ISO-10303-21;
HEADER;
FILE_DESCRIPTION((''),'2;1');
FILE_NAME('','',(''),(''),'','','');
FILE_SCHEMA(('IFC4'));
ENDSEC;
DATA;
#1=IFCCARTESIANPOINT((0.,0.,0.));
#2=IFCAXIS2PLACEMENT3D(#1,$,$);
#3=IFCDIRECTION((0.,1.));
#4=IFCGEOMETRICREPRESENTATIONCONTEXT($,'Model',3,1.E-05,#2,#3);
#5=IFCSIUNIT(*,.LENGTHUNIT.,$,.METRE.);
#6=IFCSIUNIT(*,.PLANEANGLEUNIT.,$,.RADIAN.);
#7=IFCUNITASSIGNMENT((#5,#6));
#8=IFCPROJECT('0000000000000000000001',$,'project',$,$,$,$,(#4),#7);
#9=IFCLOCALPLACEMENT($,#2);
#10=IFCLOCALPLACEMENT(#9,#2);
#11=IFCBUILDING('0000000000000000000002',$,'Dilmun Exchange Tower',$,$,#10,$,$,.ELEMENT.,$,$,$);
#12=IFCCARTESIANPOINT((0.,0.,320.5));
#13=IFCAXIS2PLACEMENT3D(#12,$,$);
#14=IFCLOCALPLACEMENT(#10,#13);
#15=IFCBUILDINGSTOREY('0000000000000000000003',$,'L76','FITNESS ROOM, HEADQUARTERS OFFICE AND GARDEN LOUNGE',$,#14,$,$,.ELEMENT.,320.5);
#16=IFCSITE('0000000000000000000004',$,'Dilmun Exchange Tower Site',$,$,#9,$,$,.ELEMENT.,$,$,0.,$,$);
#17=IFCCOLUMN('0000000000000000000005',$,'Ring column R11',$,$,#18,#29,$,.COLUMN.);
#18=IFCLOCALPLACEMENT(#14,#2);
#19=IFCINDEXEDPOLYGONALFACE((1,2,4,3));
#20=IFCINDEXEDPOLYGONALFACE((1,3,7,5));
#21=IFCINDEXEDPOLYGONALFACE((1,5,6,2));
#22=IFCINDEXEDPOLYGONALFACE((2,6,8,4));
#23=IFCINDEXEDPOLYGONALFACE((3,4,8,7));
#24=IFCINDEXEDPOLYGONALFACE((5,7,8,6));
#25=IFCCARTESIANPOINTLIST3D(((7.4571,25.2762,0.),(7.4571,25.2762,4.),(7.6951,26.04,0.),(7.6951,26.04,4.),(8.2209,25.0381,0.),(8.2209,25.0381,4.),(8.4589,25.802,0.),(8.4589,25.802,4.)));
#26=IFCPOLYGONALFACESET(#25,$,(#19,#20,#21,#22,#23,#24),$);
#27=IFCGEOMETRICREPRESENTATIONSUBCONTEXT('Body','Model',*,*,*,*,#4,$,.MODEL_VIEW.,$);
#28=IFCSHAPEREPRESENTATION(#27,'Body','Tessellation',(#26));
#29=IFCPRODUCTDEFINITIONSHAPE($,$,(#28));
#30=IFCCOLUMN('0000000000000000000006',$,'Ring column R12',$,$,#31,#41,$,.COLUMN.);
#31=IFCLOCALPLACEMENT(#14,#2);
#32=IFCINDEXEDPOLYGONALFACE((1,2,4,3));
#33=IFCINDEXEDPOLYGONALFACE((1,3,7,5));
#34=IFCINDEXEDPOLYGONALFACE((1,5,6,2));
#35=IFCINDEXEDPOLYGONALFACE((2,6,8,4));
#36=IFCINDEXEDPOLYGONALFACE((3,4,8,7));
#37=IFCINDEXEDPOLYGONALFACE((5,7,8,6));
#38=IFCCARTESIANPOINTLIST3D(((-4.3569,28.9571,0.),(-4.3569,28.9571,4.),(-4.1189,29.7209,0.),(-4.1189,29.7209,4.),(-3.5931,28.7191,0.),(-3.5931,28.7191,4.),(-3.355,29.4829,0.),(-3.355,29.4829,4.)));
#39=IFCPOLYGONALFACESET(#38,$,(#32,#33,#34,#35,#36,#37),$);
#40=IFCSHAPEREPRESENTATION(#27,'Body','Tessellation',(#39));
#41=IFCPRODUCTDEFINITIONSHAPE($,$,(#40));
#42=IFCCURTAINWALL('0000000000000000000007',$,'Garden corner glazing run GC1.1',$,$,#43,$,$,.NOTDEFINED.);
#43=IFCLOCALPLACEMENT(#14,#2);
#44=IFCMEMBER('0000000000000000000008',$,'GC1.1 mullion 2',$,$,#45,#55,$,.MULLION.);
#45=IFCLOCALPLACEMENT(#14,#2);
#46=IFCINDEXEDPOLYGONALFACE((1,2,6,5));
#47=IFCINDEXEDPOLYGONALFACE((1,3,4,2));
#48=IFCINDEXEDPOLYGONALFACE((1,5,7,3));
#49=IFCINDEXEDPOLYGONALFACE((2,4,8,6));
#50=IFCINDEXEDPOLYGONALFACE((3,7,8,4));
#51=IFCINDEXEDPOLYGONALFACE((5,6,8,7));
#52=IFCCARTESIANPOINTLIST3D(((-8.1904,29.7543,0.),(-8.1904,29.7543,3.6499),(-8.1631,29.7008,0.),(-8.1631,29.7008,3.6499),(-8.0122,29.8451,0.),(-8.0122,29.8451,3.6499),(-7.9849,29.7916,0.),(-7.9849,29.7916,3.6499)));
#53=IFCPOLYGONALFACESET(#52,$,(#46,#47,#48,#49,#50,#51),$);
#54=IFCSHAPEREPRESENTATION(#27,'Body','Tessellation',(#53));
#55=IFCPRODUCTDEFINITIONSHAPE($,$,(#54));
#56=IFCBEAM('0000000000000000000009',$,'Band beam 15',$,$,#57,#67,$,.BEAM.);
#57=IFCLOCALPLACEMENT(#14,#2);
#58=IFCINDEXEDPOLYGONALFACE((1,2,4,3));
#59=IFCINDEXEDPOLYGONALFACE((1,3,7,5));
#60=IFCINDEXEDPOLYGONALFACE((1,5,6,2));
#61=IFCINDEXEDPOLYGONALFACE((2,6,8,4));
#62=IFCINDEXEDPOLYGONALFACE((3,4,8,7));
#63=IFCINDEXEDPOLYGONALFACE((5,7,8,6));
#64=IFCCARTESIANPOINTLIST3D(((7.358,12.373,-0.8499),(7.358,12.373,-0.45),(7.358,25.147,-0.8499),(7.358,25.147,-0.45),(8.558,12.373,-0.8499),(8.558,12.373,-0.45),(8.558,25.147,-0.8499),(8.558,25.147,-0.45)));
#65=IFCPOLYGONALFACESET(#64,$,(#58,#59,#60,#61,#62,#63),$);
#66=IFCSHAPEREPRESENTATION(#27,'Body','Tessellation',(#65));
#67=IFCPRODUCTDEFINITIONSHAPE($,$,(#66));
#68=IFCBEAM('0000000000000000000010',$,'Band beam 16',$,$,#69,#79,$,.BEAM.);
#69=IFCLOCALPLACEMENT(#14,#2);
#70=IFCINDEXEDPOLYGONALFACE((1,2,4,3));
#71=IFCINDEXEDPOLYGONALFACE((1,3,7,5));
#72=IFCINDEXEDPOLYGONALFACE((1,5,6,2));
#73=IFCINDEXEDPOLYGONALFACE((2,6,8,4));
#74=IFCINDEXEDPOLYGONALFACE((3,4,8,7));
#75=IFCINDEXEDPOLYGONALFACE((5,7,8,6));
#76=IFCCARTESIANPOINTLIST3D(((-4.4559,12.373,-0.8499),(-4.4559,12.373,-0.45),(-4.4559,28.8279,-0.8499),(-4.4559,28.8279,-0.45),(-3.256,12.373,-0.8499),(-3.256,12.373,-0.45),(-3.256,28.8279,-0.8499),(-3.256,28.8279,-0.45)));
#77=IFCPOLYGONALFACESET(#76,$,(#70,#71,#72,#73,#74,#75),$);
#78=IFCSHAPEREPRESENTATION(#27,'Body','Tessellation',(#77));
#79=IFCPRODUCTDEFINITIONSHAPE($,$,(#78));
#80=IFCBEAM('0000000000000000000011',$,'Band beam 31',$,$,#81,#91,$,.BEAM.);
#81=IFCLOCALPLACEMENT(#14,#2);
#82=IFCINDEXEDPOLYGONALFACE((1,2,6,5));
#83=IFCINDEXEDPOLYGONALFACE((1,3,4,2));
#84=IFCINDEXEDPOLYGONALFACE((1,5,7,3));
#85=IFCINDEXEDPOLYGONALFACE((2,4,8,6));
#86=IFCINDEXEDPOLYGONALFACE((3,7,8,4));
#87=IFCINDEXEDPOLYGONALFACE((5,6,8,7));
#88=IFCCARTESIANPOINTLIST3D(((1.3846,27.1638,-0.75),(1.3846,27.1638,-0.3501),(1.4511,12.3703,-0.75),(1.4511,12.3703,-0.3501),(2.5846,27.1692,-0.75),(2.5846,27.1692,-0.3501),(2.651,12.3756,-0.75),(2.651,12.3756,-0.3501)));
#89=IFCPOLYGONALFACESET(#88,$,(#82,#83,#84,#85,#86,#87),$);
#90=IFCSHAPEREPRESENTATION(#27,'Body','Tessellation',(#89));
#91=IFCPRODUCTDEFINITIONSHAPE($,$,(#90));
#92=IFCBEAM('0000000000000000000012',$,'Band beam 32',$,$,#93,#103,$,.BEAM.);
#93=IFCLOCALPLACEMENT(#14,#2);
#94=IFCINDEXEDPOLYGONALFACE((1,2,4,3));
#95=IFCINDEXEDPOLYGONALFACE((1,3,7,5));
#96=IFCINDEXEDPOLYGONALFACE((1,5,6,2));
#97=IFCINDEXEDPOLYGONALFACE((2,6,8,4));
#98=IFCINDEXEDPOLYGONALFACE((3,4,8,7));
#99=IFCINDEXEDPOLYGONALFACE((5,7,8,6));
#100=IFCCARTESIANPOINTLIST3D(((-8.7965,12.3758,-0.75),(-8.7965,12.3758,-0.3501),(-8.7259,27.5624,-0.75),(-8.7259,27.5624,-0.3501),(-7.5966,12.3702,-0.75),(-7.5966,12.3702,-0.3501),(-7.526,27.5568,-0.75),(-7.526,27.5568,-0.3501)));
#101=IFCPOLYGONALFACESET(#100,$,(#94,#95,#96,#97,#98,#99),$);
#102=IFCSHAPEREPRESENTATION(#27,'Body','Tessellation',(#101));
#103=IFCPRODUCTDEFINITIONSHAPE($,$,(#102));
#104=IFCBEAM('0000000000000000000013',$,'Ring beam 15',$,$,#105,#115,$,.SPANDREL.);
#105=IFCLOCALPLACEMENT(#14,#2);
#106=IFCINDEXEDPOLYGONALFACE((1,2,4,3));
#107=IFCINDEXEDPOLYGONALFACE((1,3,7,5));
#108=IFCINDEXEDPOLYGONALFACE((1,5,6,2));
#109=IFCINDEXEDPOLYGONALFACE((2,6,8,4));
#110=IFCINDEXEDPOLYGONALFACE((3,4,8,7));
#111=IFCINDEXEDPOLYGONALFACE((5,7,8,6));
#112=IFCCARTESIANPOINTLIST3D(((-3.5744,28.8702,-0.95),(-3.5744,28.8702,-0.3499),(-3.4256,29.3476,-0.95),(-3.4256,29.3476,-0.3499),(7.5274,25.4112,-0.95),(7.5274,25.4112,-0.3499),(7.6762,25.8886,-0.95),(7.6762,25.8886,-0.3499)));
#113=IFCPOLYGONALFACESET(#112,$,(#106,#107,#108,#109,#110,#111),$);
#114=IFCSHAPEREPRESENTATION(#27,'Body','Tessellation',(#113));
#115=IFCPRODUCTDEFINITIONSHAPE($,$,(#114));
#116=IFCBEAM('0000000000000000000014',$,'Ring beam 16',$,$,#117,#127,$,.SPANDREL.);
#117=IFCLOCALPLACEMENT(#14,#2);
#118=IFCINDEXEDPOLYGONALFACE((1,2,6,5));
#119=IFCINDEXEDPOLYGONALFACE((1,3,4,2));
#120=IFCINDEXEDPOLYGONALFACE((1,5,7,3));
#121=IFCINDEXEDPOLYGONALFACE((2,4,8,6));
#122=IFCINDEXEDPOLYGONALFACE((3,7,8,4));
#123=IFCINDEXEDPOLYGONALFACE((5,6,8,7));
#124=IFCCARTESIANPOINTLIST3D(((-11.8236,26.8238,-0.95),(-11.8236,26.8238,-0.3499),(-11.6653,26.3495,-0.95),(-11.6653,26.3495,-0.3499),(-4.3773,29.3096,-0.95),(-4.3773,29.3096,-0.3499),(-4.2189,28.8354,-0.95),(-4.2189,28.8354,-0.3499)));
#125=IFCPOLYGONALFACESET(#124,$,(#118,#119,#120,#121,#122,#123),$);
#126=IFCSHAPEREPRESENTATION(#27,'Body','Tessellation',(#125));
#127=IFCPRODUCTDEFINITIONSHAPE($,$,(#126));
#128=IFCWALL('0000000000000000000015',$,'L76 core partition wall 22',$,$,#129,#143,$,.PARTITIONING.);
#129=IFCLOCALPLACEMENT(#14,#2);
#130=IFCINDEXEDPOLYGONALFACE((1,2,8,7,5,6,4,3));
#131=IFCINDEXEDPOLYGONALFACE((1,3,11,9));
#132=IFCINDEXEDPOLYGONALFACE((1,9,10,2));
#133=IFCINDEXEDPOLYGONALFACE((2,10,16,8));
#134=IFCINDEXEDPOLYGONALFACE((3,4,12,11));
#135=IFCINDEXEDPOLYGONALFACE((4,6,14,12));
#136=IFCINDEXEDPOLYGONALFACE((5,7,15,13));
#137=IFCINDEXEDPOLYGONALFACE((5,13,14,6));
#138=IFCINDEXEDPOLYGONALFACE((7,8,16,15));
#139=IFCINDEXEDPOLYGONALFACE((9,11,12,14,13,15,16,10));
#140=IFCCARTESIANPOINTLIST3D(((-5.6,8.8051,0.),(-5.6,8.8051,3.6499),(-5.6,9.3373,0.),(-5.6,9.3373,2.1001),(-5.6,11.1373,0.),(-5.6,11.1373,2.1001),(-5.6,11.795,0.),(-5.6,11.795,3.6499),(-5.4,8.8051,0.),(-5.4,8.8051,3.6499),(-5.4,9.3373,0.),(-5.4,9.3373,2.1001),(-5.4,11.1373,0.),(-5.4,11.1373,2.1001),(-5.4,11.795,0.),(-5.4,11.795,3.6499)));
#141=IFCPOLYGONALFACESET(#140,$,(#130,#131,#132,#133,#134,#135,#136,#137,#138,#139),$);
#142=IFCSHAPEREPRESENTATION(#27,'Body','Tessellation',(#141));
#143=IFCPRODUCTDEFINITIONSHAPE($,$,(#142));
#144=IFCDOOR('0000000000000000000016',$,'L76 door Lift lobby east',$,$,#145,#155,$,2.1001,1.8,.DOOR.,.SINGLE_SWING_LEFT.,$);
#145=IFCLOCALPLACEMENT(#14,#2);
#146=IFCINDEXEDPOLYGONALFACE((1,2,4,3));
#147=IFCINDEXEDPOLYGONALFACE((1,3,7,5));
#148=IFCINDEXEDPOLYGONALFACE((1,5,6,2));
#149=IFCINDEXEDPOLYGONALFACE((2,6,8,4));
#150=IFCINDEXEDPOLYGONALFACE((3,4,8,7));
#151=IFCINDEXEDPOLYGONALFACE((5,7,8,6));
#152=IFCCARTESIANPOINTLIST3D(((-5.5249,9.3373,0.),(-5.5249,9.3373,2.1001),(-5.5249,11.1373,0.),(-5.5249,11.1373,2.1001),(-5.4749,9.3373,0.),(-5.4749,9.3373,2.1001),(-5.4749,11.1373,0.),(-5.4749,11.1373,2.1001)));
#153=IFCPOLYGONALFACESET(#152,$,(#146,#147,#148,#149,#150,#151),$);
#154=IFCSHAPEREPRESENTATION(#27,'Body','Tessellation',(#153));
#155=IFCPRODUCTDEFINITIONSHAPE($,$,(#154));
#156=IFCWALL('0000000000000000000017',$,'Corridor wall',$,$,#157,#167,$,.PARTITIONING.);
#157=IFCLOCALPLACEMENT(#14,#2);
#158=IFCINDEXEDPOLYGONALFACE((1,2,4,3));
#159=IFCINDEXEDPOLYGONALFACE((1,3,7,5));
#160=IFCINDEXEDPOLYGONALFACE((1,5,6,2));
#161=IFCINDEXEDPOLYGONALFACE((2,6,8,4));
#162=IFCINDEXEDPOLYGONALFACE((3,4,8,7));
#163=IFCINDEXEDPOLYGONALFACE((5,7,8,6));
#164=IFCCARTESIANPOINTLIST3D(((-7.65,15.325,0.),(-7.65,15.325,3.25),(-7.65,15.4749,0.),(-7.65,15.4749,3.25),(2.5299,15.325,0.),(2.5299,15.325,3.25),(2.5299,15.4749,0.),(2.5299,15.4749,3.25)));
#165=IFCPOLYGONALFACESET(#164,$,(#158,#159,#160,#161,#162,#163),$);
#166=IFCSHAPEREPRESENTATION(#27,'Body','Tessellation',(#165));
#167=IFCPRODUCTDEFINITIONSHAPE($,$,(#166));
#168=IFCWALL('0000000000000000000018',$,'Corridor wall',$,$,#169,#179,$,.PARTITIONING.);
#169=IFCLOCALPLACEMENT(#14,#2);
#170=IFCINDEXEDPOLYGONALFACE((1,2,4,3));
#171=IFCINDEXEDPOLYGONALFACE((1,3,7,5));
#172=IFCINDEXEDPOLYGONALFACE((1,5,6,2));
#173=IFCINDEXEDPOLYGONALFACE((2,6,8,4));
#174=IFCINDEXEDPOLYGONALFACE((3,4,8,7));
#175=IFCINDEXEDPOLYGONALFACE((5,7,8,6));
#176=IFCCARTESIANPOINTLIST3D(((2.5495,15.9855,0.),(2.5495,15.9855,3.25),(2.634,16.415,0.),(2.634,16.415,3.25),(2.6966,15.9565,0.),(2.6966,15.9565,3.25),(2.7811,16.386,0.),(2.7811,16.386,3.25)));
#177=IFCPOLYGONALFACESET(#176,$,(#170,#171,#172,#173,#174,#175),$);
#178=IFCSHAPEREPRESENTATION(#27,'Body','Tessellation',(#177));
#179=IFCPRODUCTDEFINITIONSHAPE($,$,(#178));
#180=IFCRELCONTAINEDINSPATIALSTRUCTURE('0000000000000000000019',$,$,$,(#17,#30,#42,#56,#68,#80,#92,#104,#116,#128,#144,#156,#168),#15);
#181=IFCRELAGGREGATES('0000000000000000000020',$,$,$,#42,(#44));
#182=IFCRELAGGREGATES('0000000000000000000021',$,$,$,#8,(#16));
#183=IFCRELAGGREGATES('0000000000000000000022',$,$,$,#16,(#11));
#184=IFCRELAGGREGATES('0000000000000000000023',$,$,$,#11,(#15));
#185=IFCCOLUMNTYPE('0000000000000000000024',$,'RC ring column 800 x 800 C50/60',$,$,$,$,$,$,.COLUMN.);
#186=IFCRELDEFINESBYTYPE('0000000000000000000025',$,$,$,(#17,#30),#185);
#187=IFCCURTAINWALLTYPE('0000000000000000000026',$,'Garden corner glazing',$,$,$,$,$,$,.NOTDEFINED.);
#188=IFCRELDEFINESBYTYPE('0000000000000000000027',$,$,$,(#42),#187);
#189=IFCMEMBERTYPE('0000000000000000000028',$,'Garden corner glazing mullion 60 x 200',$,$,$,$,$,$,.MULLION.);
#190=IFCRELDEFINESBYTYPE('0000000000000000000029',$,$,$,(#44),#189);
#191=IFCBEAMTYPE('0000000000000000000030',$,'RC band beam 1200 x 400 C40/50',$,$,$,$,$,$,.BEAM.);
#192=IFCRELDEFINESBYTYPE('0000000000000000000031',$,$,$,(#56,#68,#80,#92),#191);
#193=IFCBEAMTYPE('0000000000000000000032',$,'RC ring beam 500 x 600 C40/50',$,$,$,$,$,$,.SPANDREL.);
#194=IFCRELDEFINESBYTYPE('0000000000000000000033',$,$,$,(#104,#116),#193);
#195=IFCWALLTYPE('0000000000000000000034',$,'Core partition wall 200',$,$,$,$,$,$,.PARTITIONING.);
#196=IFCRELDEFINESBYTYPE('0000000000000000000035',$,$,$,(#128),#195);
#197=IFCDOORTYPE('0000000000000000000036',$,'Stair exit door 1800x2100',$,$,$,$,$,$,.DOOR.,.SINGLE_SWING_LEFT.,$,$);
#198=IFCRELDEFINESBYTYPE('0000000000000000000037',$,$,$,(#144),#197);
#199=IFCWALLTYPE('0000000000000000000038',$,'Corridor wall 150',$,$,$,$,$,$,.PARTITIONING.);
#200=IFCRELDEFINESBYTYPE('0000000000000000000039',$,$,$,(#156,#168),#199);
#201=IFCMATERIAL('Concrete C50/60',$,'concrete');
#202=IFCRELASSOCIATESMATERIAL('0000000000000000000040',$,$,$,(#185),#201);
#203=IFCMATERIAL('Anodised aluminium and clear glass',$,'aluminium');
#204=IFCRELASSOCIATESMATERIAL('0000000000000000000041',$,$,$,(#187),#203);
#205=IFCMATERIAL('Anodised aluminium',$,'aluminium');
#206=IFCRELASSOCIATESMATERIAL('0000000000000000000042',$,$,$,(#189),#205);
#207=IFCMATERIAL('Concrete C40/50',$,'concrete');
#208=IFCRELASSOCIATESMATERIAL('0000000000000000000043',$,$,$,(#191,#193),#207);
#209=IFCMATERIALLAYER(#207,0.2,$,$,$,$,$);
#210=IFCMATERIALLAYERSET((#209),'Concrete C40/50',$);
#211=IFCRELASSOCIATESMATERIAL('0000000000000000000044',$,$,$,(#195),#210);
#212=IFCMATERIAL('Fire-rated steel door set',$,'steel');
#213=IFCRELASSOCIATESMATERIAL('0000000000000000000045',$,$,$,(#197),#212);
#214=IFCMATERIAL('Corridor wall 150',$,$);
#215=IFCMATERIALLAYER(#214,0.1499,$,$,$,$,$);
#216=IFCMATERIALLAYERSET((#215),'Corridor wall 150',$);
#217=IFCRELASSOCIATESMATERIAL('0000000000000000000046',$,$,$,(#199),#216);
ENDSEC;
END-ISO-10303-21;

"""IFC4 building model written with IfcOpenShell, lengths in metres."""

from ifc_helpers import new_model, si_unit, direction, frame, frame_2d, origin, origin_2d, place, context, subcontext, project, spatial, rectangle, extrude, material, layer, layer_set, material_profile, profile_set, type_object, element, fill, aggregate, save


model = new_model("IFC4")

# Units and contexts
model_context = context("Model", 3, precision=1e-05, world=origin(), true_north=direction((0.0, 1.0)))
body_context = subcontext(model_context, "Body", "Model", "MODEL_VIEW")
ifc_project = project(units=[si_unit("LENGTHUNIT", "METRE"), si_unit("PLANEANGLEUNIT", "RADIAN")], contexts=[model_context])

# Site, building, storey
site_placement = place(None, origin())
site = spatial("IfcSite", under=ifc_project, at=site_placement, Name="Dilmun Exchange Tower Site", CompositionType="ELEMENT", RefElevation=0.0)
building_placement = place(site_placement, origin())
building = spatial("IfcBuilding", under=site, at=building_placement, Name="Dilmun Exchange Tower", CompositionType="ELEMENT")
storey_placement = place(building_placement, frame((0.0, 0.0, 320.5)))
storey = spatial("IfcBuildingStorey", under=building, at=storey_placement, Name="L76", Description="FITNESS ROOM, HEADQUARTERS OFFICE AND GARDEN LOUNGE", CompositionType="ELEMENT", Elevation=320.5)

# Columns
ifc_material_1 = material(Name="Concrete C50/60", Category="concrete")
ifc_material_profile_1 = material_profile(ifc_material_1, rectangle(XDim=0.8, YDim=0.8, at=origin_2d()), Name="800 x 800")
ifc_profile_set_1 = profile_set([ifc_material_profile_1], Name="Concrete C50/60")
column_type = type_object("IfcColumnType", Name="RC ring column 800 x 800 C50/60", PredefinedType="COLUMN", material=ifc_profile_set_1)
for number, where, z_axis, x_axis, name in (
    (1, (7.958, 25.5391, 0.0), (0.0, 0.0, 1.0), (0.297503, 0.954721, 0.0), "Ring column R11"),
    (2, (-3.856, 29.22, 0.0), (0.0, 0.0, 1.0), (0.297503, 0.954721, 0.0), "Ring column R12"),
):
    element("IfcColumn", number, at=place(storey_placement, frame(where, z_axis=z_axis, x_axis=x_axis)), inside=storey, type_object=column_type, Name=name, PredefinedType="COLUMN", context=body_context, shape_type="SweptSolid", body=[
        extrude(rectangle(XDim=0.8, YDim=0.8, at=origin_2d()), origin(), (0.0, 0.0, 1.0), 4.0),
    ])

# Curtain wall, member
ifc_material_2 = material(Name="Anodised aluminium and clear glass", Category="aluminium")
curtain_wall_type = type_object("IfcCurtainWallType", Name="Garden corner glazing", PredefinedType="NOTDEFINED", material=ifc_material_2)
curtain_wall_placement = place(storey_placement, origin())
curtain_wall = element("IfcCurtainWall", 3, at=curtain_wall_placement, inside=storey, type_object=curtain_wall_type, Name="Garden corner glazing run GC1.1", PredefinedType="NOTDEFINED")
ifc_material_3 = material(Name="Anodised aluminium", Category="aluminium")
ifc_material_profile_2 = material_profile(ifc_material_3, rectangle(XDim=0.2, YDim=0.0601, at=origin_2d()), Name="AL 60x200")
ifc_profile_set_2 = profile_set([ifc_material_profile_2], Name="Anodised aluminium")
member_type = type_object("IfcMemberType", Name="Garden corner glazing mullion 60 x 200", PredefinedType="MULLION", material=ifc_profile_set_2)
member_placement = place(storey_placement, frame((-8.0876, 29.7729, 0.0), z_axis=(0.0, 0.0, 1.0), x_axis=(0.891011, 0.453982, 0.0)))
member = element("IfcMember", 4, at=member_placement, type_object=member_type, Name="GC1.1 mullion 2", PredefinedType="MULLION", context=body_context, shape_type="SweptSolid", body=[
    extrude(rectangle(XDim=0.2, YDim=0.0601, at=origin_2d()), origin(), (0.0, 0.0, 1.0), 3.6499),
])
aggregate(curtain_wall, [member])

# Beams
ifc_material_4 = material(Name="Concrete C40/50", Category="concrete")
ifc_material_profile_3 = material_profile(ifc_material_4, rectangle(XDim=1.2, YDim=0.3999, at=origin_2d()), Name="1200 x 400")
ifc_profile_set_3 = profile_set([ifc_material_profile_3], Name="Concrete C40/50")
beam_type_1 = type_object("IfcBeamType", Name="RC band beam 1200 x 400 C40/50", PredefinedType="BEAM", material=ifc_profile_set_3)
beam_1_placement = place(storey_placement, frame((7.958, 25.147, -0.6499), z_axis=(0.0, -1.0, 0.0), x_axis=(1.0, 0.0, 0.0)))
element("IfcBeam", 5, at=beam_1_placement, inside=storey, type_object=beam_type_1, Name="Band beam 15", PredefinedType="BEAM", context=body_context, shape_type="SweptSolid", body=[
    extrude(rectangle(XDim=1.2, YDim=0.3999, at=origin_2d()), origin(), (0.0, 0.0, 1.0), 12.7739),
])
beam_2_placement = place(storey_placement, frame((-3.856, 28.8279, -0.6499), z_axis=(0.0, -1.0, 0.0), x_axis=(1.0, 0.0, 0.0)))
element("IfcBeam", 6, at=beam_2_placement, inside=storey, type_object=beam_type_1, Name="Band beam 16", PredefinedType="BEAM", context=body_context, shape_type="SweptSolid", body=[
    extrude(rectangle(XDim=1.2, YDim=0.3999, at=origin_2d()), origin(), (0.0, 0.0, 1.0), 16.4548),
])
beam_3_placement = place(storey_placement, frame((1.9846, 27.1665, -0.55), z_axis=(0.004489, -0.99999, 0.0), x_axis=(0.99999, 0.004489, 0.0)))
element("IfcBeam", 7, at=beam_3_placement, inside=storey, type_object=beam_type_1, Name="Band beam 31", PredefinedType="BEAM", context=body_context, shape_type="SweptSolid", body=[
    extrude(rectangle(XDim=1.2, YDim=0.3999, at=origin_2d()), origin(), (0.0, 0.0, 1.0), 14.7937),
])
beam_4_placement = place(storey_placement, frame((-8.126, 27.5596, -0.55), z_axis=(-0.004646, -0.999989, 0.0), x_axis=(0.999989, -0.004646, 0.0)))
element("IfcBeam", 8, at=beam_4_placement, inside=storey, type_object=beam_type_1, Name="Band beam 32", PredefinedType="BEAM", context=body_context, shape_type="SweptSolid", body=[
    extrude(rectangle(XDim=1.2, YDim=0.3999, at=origin_2d()), origin(), (0.0, 0.0, 1.0), 15.1868),
])
ifc_material_profile_4 = material_profile(ifc_material_4, rectangle(XDim=0.5, YDim=0.6001, at=origin_2d()), Name="500 x 600")
ifc_profile_set_4 = profile_set([ifc_material_profile_4], Name="Concrete C40/50")
beam_type_2 = type_object("IfcBeamType", Name="RC ring beam 500 x 600 C40/50", PredefinedType="SPANDREL", material=ifc_profile_set_4)
beam_5_placement = place(storey_placement, frame((7.6018, 25.6499, -0.6499), z_axis=(-0.954733, 0.297466, 0.0), x_axis=(-0.297466, -0.954733, 0.0)))
element("IfcBeam", 9, at=beam_5_placement, inside=storey, type_object=beam_type_2, Name="Ring beam 15", PredefinedType="SPANDREL", context=body_context, shape_type="SweptSolid", body=[
    extrude(rectangle(XDim=0.5, YDim=0.6001, at=origin_2d()), origin(), (0.0, 0.0, 1.0), 11.6282),
])
beam_6_placement = place(storey_placement, frame((-4.2981, 29.0725, -0.6499), z_axis=(-0.94854, -0.316657, 0.0), x_axis=(0.316657, -0.94854, 0.0)))
element("IfcBeam", 10, at=beam_6_placement, inside=storey, type_object=beam_type_2, Name="Ring beam 16", PredefinedType="SPANDREL", context=body_context, shape_type="SweptSolid", body=[
    extrude(rectangle(XDim=0.5, YDim=0.6001, at=origin_2d()), origin(), (0.0, 0.0, 1.0), 7.8503),
])

# Wall, opening, door
ifc_layer_1 = layer(ifc_material_4, 0.2)
ifc_layer_set_1 = layer_set([ifc_layer_1], Name="Concrete C40/50")
wall_type_1 = type_object("IfcWallType", Name="Core partition wall 200", PredefinedType="PARTITIONING", material=ifc_layer_set_1)
wall_1_placement = place(storey_placement, frame((-5.5, 8.8049, 0.0), z_axis=(0.0, 0.0, 1.0), x_axis=(0.0, 1.0, 0.0)))
wall_1 = element("IfcWall", 11, at=wall_1_placement, inside=storey, type_object=wall_type_1, Name="L76 core partition wall 22", PredefinedType="PARTITIONING", context=body_context, shape_type="SweptSolid", body=[
    extrude(rectangle(XDim=2.99, YDim=0.2, at=frame_2d((1.4951, 0.0))), origin(), (0.0, 0.0, 1.0), 3.6499),
])
opening_placement = place(wall_1_placement, frame((0.5325, 0.0, 0.0)))
opening = element("IfcOpeningElement", 12, at=opening_placement, cuts=wall_1, PredefinedType="OPENING", context=body_context, shape_type="SweptSolid", body=[
    extrude(rectangle(XDim=1.8, YDim=2.1001, at=frame_2d((0.8999, 1.05))), frame((0.0, 0.1099, 0.0), z_axis=(0.0, -1.0, 0.0), x_axis=(1.0, 0.0, 0.0)), (0.0, 0.0, 1.0), 0.22),
])
ifc_material_5 = material(Name="Fire-rated steel door set", Category="steel")
door_type = type_object("IfcDoorType", Name="Stair exit door 1800x2100", OperationType="SINGLE_SWING_LEFT", PredefinedType="DOOR", material=ifc_material_5)
door_placement = place(opening_placement, origin())
door = element("IfcDoor", 13, at=door_placement, inside=storey, type_object=door_type, Name="L76 door Lift lobby east", OperationType="SINGLE_SWING_LEFT", OverallHeight=2.1001, OverallWidth=1.8, PredefinedType="DOOR", context=body_context, shape_type="SweptSolid", body=[
    extrude(rectangle(XDim=1.8, YDim=2.1001, at=frame_2d((0.8999, 1.05))), frame((0.0, 0.0249, 0.0), z_axis=(0.0, -1.0, 0.0), x_axis=(1.0, 0.0, 0.0)), (0.0, 0.0, 1.0), 0.05),
])
fill(opening, door)

# Walls
ifc_material_6 = material(Name="Corridor wall 150")
ifc_layer_2 = layer(ifc_material_6, 0.1499)
ifc_layer_set_2 = layer_set([ifc_layer_2], Name="Corridor wall 150")
wall_type_2 = type_object("IfcWallType", Name="Corridor wall 150", PredefinedType="PARTITIONING", material=ifc_layer_set_2)
wall_2_placement = place(storey_placement, frame((-7.6499, 15.3999, 0.0), z_axis=(0.0, 0.0, 1.0), x_axis=(1.0, 0.0, 0.0)))
element("IfcWall", 14, at=wall_2_placement, inside=storey, type_object=wall_type_2, Name="Corridor wall", PredefinedType="PARTITIONING", context=body_context, shape_type="SweptSolid", body=[
    extrude(rectangle(XDim=10.1799, YDim=0.1499, at=frame_2d((5.0898, 0.0))), origin(), (0.0, 0.0, 1.0), 3.25),
])
wall_3_placement = place(storey_placement, frame((2.7075, 16.4004, 0.0), z_axis=(0.0, 0.0, 1.0), x_axis=(-0.193004, -0.981198, 0.0)))
element("IfcWall", 15, at=wall_3_placement, inside=storey, type_object=wall_type_2, Name="Corridor wall", PredefinedType="PARTITIONING", context=body_context, shape_type="SweptSolid", body=[
    extrude(rectangle(XDim=0.4377, YDim=0.1499, at=frame_2d((0.2188, 0.0))), origin(), (0.0, 0.0, 1.0), 3.25),
])

save(model, "model.ifc")
